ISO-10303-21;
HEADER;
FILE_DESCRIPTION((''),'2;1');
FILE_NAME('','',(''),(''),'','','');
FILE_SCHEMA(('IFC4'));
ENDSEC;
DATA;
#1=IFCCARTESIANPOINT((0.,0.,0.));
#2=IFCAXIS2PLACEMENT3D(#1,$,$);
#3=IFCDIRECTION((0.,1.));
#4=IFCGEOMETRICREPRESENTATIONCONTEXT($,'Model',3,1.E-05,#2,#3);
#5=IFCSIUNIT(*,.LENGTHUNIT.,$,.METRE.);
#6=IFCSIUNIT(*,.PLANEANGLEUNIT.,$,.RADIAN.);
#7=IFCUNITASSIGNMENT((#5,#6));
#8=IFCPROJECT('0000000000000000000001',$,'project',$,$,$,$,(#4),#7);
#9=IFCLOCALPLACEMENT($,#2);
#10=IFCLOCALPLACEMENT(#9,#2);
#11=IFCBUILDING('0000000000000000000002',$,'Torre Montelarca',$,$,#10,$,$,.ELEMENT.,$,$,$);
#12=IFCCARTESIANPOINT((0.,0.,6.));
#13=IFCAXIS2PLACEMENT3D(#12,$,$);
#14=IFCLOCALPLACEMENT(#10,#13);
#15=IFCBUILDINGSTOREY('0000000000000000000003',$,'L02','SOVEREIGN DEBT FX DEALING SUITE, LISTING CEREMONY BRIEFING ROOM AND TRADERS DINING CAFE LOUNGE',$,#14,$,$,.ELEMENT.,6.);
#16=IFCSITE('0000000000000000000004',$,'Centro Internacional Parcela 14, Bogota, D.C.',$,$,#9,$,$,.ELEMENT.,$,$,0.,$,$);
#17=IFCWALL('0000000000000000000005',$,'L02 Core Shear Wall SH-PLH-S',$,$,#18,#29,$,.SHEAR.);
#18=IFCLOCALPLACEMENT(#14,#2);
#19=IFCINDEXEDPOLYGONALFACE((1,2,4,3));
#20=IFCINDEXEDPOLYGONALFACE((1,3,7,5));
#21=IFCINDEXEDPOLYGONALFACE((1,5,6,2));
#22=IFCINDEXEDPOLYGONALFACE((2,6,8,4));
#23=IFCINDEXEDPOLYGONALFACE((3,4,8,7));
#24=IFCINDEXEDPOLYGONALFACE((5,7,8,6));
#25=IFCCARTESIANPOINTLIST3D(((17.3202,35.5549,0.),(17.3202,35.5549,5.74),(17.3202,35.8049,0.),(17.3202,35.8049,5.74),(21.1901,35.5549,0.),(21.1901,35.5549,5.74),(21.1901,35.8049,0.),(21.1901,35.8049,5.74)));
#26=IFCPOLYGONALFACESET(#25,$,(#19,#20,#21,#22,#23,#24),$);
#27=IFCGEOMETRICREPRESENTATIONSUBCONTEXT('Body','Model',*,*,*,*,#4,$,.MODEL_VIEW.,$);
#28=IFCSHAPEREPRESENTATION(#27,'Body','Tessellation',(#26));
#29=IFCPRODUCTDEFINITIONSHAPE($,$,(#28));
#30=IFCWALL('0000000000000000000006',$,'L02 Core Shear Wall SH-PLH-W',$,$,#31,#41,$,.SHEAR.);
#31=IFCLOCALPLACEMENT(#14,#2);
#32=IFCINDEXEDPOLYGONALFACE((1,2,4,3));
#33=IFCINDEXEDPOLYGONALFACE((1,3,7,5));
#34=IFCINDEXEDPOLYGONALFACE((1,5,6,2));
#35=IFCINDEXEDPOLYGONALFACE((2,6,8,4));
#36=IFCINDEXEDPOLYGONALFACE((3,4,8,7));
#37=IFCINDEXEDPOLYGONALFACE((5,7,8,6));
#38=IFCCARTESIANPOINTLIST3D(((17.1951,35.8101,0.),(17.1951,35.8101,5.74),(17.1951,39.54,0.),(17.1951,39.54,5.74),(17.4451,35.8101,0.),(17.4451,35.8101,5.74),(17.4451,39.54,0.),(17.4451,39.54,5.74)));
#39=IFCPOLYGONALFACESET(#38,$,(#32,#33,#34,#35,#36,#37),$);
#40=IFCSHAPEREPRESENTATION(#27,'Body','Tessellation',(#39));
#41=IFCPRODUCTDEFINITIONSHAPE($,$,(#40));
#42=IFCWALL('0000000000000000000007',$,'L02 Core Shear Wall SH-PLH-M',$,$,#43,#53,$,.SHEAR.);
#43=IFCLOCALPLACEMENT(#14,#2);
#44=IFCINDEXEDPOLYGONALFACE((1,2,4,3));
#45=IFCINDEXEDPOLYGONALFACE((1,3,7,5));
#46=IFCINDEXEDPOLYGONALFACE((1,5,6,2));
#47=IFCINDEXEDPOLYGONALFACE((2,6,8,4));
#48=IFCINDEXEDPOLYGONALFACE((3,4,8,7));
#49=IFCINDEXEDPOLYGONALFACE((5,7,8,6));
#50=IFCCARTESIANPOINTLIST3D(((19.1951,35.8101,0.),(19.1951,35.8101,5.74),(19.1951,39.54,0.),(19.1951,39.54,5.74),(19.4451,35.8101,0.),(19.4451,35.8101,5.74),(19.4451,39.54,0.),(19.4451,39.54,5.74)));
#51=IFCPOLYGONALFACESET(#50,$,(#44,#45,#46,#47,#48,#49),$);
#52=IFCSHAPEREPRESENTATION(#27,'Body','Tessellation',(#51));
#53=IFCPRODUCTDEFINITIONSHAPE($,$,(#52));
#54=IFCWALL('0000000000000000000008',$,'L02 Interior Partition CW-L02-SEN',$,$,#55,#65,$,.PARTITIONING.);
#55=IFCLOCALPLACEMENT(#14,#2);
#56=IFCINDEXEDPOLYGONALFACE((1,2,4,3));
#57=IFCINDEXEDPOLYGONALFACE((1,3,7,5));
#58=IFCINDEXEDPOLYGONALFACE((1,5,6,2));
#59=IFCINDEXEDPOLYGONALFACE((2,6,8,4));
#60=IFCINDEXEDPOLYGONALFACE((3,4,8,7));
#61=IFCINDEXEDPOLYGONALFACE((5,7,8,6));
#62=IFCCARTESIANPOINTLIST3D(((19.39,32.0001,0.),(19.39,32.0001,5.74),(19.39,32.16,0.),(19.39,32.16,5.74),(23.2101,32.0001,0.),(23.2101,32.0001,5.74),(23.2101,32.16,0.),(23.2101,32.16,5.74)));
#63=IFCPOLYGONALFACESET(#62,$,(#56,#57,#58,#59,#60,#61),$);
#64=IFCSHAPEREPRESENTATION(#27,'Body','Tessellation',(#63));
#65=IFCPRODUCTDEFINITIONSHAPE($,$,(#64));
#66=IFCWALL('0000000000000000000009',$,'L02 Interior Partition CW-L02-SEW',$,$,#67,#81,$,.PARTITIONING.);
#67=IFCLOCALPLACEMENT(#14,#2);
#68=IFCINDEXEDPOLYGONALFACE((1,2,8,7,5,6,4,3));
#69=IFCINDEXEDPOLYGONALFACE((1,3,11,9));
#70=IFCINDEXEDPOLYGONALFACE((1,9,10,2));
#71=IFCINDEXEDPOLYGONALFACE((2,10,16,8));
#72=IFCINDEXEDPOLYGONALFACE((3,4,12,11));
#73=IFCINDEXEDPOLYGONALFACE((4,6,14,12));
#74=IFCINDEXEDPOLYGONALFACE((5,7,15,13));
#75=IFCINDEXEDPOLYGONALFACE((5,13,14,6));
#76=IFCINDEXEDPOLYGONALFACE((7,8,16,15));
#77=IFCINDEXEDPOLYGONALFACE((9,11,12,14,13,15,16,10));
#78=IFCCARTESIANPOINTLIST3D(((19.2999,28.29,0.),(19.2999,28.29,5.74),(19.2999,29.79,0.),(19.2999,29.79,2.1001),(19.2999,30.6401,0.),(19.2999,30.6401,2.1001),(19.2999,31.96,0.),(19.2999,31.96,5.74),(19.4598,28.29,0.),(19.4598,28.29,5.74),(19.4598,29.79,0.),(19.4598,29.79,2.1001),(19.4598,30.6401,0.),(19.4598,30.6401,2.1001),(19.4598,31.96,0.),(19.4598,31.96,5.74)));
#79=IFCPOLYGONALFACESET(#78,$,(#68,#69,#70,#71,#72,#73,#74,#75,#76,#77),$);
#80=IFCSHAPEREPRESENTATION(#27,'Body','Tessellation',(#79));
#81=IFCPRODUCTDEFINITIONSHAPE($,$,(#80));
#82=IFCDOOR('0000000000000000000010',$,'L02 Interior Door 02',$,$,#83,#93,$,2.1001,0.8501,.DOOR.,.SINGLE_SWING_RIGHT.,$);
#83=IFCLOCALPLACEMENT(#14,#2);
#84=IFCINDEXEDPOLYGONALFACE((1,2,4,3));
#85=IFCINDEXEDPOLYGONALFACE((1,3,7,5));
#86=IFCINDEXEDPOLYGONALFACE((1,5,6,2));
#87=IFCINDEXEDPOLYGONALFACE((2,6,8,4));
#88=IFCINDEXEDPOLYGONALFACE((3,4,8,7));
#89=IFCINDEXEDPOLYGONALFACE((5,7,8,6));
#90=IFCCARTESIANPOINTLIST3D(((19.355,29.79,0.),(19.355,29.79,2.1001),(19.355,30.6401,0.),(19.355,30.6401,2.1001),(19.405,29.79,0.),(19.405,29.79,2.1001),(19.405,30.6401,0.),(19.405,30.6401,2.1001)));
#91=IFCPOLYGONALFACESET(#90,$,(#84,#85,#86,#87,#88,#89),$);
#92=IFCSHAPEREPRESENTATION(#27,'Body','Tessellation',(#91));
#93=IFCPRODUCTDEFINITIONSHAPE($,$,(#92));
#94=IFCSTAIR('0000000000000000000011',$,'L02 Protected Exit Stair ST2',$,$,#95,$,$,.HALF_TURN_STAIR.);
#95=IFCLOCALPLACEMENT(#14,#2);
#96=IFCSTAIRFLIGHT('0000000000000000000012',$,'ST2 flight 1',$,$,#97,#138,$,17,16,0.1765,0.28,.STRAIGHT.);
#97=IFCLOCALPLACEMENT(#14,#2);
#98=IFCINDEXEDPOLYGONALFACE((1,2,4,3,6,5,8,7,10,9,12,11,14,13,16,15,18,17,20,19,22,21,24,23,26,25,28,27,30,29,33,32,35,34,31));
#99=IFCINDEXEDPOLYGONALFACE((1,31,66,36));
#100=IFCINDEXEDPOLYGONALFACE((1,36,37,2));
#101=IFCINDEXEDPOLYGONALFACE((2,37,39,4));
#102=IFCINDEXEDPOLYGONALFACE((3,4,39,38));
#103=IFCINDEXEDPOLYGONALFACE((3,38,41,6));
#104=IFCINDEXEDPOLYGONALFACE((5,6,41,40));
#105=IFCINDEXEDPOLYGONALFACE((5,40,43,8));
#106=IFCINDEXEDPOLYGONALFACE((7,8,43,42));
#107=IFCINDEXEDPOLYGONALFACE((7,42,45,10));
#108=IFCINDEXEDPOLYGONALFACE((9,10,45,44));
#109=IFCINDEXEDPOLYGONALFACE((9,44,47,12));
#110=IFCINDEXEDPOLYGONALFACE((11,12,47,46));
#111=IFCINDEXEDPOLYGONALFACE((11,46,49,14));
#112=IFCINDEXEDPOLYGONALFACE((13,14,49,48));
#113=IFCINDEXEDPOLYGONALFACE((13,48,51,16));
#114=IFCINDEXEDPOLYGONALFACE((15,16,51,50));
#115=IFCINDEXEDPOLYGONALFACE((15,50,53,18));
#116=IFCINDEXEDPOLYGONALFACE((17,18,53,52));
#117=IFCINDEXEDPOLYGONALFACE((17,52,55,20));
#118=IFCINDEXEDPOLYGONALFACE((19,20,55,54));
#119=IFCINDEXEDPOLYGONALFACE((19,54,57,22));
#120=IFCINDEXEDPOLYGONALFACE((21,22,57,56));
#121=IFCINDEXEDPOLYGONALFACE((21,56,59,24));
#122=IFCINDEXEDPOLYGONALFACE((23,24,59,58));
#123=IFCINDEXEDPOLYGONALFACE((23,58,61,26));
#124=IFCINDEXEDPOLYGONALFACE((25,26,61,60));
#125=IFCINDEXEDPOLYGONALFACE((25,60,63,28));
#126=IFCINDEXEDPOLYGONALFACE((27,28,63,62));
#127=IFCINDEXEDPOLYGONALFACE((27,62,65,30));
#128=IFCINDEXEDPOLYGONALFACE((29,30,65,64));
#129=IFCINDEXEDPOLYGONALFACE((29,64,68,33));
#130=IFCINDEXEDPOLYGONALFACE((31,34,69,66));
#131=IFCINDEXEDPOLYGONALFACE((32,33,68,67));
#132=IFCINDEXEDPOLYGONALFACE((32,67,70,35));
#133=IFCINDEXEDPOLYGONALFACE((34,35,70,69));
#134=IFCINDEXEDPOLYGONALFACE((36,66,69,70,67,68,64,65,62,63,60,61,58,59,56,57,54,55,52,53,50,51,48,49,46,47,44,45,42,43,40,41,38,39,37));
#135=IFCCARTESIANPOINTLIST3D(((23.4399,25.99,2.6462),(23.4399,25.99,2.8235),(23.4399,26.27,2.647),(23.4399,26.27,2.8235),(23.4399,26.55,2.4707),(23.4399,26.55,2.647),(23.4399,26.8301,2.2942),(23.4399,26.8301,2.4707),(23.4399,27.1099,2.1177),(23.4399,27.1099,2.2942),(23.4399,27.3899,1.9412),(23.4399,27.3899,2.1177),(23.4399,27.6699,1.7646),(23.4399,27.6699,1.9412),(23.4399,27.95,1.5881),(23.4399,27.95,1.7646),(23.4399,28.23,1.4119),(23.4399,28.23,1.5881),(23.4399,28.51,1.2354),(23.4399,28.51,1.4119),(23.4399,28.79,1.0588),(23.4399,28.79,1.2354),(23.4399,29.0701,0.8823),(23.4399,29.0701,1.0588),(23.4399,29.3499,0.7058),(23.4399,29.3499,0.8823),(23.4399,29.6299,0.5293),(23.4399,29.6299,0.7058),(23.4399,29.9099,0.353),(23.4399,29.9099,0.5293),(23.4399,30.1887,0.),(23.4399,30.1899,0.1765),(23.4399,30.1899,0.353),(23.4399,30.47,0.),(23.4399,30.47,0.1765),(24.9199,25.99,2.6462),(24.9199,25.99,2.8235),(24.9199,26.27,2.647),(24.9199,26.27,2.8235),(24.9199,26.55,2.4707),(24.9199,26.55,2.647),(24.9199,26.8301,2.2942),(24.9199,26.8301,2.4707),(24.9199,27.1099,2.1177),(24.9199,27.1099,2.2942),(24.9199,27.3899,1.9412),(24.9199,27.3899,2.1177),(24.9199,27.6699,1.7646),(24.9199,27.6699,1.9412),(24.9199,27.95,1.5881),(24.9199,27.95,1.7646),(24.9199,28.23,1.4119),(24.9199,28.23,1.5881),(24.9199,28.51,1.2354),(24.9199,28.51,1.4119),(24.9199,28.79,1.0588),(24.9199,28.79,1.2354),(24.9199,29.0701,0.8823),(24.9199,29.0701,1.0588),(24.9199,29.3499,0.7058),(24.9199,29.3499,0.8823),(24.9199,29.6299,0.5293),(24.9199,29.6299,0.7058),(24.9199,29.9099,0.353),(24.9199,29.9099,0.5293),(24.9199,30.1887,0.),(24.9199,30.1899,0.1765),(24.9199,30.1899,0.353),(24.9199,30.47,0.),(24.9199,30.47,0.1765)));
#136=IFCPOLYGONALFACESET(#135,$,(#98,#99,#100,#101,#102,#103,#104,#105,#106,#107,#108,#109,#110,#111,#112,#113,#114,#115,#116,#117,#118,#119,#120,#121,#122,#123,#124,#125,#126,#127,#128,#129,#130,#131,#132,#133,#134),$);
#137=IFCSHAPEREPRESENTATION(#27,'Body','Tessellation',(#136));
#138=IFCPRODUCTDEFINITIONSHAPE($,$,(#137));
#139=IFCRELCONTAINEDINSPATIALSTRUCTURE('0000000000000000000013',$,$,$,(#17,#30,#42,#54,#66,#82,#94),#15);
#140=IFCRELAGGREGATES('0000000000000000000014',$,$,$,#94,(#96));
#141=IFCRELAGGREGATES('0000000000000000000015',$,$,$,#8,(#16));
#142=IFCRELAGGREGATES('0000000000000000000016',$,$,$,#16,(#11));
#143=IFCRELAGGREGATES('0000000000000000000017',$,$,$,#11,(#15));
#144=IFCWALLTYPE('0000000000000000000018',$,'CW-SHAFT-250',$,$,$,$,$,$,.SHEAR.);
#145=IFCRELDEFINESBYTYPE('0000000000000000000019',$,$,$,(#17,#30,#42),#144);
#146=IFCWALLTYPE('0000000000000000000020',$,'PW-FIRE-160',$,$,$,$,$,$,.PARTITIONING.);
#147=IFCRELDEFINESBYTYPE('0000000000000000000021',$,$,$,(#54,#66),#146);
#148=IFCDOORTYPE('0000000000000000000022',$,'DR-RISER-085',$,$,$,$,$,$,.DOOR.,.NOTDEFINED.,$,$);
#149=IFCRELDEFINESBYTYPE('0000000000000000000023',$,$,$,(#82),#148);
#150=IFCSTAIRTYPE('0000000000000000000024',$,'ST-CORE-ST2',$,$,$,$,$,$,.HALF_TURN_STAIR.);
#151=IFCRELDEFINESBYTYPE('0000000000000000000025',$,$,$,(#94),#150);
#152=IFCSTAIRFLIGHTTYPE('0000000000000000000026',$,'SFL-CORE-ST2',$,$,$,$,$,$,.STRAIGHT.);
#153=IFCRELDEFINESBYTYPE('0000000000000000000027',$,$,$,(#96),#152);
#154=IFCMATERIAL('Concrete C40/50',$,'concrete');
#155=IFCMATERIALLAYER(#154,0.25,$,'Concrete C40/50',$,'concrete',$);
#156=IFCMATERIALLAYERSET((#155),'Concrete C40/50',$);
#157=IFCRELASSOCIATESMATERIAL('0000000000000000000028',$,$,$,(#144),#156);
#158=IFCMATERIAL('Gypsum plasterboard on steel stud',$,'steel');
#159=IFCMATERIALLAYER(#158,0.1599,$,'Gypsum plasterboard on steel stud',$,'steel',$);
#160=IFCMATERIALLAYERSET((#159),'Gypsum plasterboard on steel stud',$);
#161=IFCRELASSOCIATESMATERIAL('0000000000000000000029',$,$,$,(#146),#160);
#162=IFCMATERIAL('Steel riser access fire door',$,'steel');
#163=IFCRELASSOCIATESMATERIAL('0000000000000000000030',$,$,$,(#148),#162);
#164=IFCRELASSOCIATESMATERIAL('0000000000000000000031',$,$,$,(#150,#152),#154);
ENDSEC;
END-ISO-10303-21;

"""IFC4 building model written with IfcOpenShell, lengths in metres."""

from ifc_helpers import new_model, si_unit, direction, frame, frame_2d, origin, place, context, subcontext, project, spatial, polyline, rectangle, outline, extrude, source, transform, mapped, material, layer, layer_set, type_object, element, fill, aggregate, save


model = new_model("IFC4")

# Units and contexts
model_context = context("Model", 3, precision=1e-05, world=origin(), true_north=direction((0.0, 1.0)))
body_context = subcontext(model_context, "Body", "Model", "MODEL_VIEW")
ifc_project = project(units=[si_unit("LENGTHUNIT", "METRE"), si_unit("PLANEANGLEUNIT", "RADIAN")], contexts=[model_context])

# Site, building, storey
site_placement = place(None, origin())
site = spatial("IfcSite", under=ifc_project, at=site_placement, Name="Centro Internacional Parcela 14, Bogota, D.C.", CompositionType="ELEMENT", RefElevation=0.0)
building_placement = place(site_placement, origin())
building = spatial("IfcBuilding", under=site, at=building_placement, Name="Torre Montelarca", CompositionType="ELEMENT")
storey_placement = place(building_placement, frame((0.0, 0.0, 6.0)))
storey = spatial("IfcBuildingStorey", under=building, at=storey_placement, Name="L02", Description="SOVEREIGN DEBT FX DEALING SUITE, LISTING CEREMONY BRIEFING ROOM AND TRADERS DINING CAFE LOUNGE", CompositionType="ELEMENT", Elevation=6.0)

# Shared definitions
ifc_material_1 = material(Name="Concrete C40/50", Category="concrete")
ifc_layer_1 = layer(ifc_material_1, 0.25, Name="Concrete C40/50", Category="concrete")
ifc_layer_set_1 = layer_set([ifc_layer_1], Name="Concrete C40/50")
wall_type_1 = type_object("IfcWallType", Name="CW-SHAFT-250", PredefinedType="SHEAR", material=ifc_layer_set_1)

# Walls
wall_1_placement = place(storey_placement, frame((17.3201, 35.6799, 0.0), z_axis=(0.0, 0.0, 1.0), x_axis=(1.0, 0.0, 0.0)))
element("IfcWall", 1, at=wall_1_placement, inside=storey, type_object=wall_type_1, Name="L02 Core Shear Wall SH-PLH-S", PredefinedType="SHEAR", context=body_context, shape_type="SweptSolid", body=[
    extrude(rectangle(XDim=3.8699, YDim=0.25, at=frame_2d((1.9351, 0.0))), origin(), (0.0, 0.0, 1.0), 5.74),
])
for number, where, z_axis, x_axis, name in (
    (2, (17.3201, 35.8101, 0.0), (0.0, 0.0, 1.0), (0.0, 1.0, 0.0), "L02 Core Shear Wall SH-PLH-W"),
    (3, (19.3201, 35.8101, 0.0), (0.0, 0.0, 1.0), (0.0, 1.0, 0.0), "L02 Core Shear Wall SH-PLH-M"),
):
    element("IfcWall", number, at=place(storey_placement, frame(where, z_axis=z_axis, x_axis=x_axis)), inside=storey, type_object=wall_type_1, Name=name, PredefinedType="SHEAR", context=body_context, shape_type="SweptSolid", body=[
        extrude(rectangle(XDim=3.73, YDim=0.25, at=frame_2d((1.865, 0.0))), origin(), (0.0, 0.0, 1.0), 5.74),
    ])
ifc_material_2 = material(Name="Gypsum plasterboard on steel stud", Category="steel")
ifc_layer_2 = layer(ifc_material_2, 0.1599, Name="Gypsum plasterboard on steel stud", Category="steel")
ifc_layer_set_2 = layer_set([ifc_layer_2], Name="Gypsum plasterboard on steel stud")
wall_type_2 = type_object("IfcWallType", Name="PW-FIRE-160", PredefinedType="PARTITIONING", material=ifc_layer_set_2)
wall_2_placement = place(storey_placement, frame((19.3899, 32.0801, 0.0), z_axis=(0.0, 0.0, 1.0), x_axis=(1.0, 0.0, 0.0)))
element("IfcWall", 4, at=wall_2_placement, inside=storey, type_object=wall_type_2, Name="L02 Interior Partition CW-L02-SEN", PredefinedType="PARTITIONING", context=body_context, shape_type="SweptSolid", body=[
    extrude(rectangle(XDim=3.8201, YDim=0.1599, at=frame_2d((1.9102, 0.0))), origin(), (0.0, 0.0, 1.0), 5.74),
])

# Wall, opening, door
wall_3_placement = place(storey_placement, frame((19.3799, 28.29, 0.0), z_axis=(0.0, 0.0, 1.0), x_axis=(0.0, 1.0, 0.0)))
wall_3 = element("IfcWall", 5, at=wall_3_placement, inside=storey, type_object=wall_type_2, Name="L02 Interior Partition CW-L02-SEW", PredefinedType="PARTITIONING", context=body_context, shape_type="SweptSolid", body=[
    extrude(rectangle(XDim=3.6699, YDim=0.1599, at=frame_2d((1.835, 0.0))), origin(), (0.0, 0.0, 1.0), 5.74),
])
opening_1_placement = place(wall_3_placement, frame((1.5, 0.0, 0.0)))
opening_1 = element("IfcOpeningElement", 6, at=opening_1_placement, cuts=wall_3, PredefinedType="OPENING", context=body_context, shape_type="SweptSolid", body=[
    extrude(rectangle(XDim=0.8501, YDim=2.1001, at=frame_2d((0.425, 1.05))), frame((0.0, 0.0898, 0.0), z_axis=(0.0, -1.0, 0.0), x_axis=(1.0, 0.0, 0.0)), (0.0, 0.0, 1.0), 0.1799),
])
ifc_material_3 = material(Name="Steel riser access fire door", Category="steel")
door_type_1 = type_object("IfcDoorType", Name="DR-RISER-085", OperationType="NOTDEFINED", PredefinedType="DOOR", material=ifc_material_3)
shared_shape_1 = source(origin(), body_context, "Body", "SweptSolid", [
    extrude(rectangle(XDim=0.8501, YDim=2.1001, at=frame_2d((0.425, 1.05))), frame((0.0, 0.0249, 0.0), z_axis=(0.0, -1.0, 0.0), x_axis=(1.0, 0.0, 0.0)), (0.0, 0.0, 1.0), 0.05),
])
door_1_placement = place(opening_1_placement, origin())
door_1 = element("IfcDoor", 7, at=door_1_placement, inside=storey, type_object=door_type_1, Name="L02 Interior Door 02", OperationType="SINGLE_SWING_RIGHT", OverallHeight=2.1001, OverallWidth=0.8501, PredefinedType="DOOR", context=body_context, shape_type="MappedRepresentation", body=[
    mapped(shared_shape_1, transform((0.0, 0.0, 0.0), scale=1.0)),
])
fill(opening_1, door_1)

# Stair, stair flight
stair_type = type_object("IfcStairType", Name="ST-CORE-ST2", PredefinedType="HALF_TURN_STAIR", material=ifc_material_1)
stair_placement = place(storey_placement, origin())
stair = element("IfcStair", 8, at=stair_placement, inside=storey, type_object=stair_type, Name="L02 Protected Exit Stair ST2", PredefinedType="HALF_TURN_STAIR")
stair_flight_type = type_object("IfcStairFlightType", Name="SFL-CORE-ST2", PredefinedType="STRAIGHT", material=ifc_material_1)
stair_flight_placement = place(storey_placement, frame((24.1799, 30.47, 0.0), z_axis=(0.0, 0.0, 1.0), x_axis=(0.0, -1.0, 0.0)))
stair_flight = element("IfcStairFlight", 9, at=stair_flight_placement, type_object=stair_flight_type, Name="ST2 flight 1", NumberOfRisers=17, NumberOfTreads=16, PredefinedType="STRAIGHT", RiserHeight=0.1765, TreadLength=0.28, context=body_context, shape_type="SweptSolid", body=[
    extrude(outline(polyline([(0.0, 0.0), (0.0, 0.1765), (0.28, 0.1765), (0.28, 0.353), (0.5601, 0.353), (0.5601, 0.5293), (0.8401, 0.5293), (0.8401, 0.7058), (1.1201, 0.7058), (1.1201, 0.8823), (1.3999, 0.8823), (1.3999, 1.0588), (1.6799, 1.0588), (1.6799, 1.2354), (1.96, 1.2354), (1.96, 1.4119), (2.24, 1.4119), (2.24, 1.5881), (2.52, 1.5881), (2.52, 1.7646), (2.8, 1.7646), (2.8, 1.9412), (3.0801, 1.9412), (3.0801, 2.1177), (3.3601, 2.1177), (3.3601, 2.2942), (3.6399, 2.2942), (3.6399, 2.4707), (3.9199, 2.4707), (3.9199, 2.647), (4.2, 2.647), (4.2, 2.8235), (4.48, 2.8235), (4.48, 3.0), (4.48, 2.6462), (0.2812, 0.0), (0.0, 0.0)])), frame((0.0, 0.74, 0.0), z_axis=(0.0, -1.0, 0.0), x_axis=(1.0, 0.0, 0.0)), (0.0, 0.0, 1.0), 1.48),
])
aggregate(stair, [stair_flight])

save(model, "model.ifc")
